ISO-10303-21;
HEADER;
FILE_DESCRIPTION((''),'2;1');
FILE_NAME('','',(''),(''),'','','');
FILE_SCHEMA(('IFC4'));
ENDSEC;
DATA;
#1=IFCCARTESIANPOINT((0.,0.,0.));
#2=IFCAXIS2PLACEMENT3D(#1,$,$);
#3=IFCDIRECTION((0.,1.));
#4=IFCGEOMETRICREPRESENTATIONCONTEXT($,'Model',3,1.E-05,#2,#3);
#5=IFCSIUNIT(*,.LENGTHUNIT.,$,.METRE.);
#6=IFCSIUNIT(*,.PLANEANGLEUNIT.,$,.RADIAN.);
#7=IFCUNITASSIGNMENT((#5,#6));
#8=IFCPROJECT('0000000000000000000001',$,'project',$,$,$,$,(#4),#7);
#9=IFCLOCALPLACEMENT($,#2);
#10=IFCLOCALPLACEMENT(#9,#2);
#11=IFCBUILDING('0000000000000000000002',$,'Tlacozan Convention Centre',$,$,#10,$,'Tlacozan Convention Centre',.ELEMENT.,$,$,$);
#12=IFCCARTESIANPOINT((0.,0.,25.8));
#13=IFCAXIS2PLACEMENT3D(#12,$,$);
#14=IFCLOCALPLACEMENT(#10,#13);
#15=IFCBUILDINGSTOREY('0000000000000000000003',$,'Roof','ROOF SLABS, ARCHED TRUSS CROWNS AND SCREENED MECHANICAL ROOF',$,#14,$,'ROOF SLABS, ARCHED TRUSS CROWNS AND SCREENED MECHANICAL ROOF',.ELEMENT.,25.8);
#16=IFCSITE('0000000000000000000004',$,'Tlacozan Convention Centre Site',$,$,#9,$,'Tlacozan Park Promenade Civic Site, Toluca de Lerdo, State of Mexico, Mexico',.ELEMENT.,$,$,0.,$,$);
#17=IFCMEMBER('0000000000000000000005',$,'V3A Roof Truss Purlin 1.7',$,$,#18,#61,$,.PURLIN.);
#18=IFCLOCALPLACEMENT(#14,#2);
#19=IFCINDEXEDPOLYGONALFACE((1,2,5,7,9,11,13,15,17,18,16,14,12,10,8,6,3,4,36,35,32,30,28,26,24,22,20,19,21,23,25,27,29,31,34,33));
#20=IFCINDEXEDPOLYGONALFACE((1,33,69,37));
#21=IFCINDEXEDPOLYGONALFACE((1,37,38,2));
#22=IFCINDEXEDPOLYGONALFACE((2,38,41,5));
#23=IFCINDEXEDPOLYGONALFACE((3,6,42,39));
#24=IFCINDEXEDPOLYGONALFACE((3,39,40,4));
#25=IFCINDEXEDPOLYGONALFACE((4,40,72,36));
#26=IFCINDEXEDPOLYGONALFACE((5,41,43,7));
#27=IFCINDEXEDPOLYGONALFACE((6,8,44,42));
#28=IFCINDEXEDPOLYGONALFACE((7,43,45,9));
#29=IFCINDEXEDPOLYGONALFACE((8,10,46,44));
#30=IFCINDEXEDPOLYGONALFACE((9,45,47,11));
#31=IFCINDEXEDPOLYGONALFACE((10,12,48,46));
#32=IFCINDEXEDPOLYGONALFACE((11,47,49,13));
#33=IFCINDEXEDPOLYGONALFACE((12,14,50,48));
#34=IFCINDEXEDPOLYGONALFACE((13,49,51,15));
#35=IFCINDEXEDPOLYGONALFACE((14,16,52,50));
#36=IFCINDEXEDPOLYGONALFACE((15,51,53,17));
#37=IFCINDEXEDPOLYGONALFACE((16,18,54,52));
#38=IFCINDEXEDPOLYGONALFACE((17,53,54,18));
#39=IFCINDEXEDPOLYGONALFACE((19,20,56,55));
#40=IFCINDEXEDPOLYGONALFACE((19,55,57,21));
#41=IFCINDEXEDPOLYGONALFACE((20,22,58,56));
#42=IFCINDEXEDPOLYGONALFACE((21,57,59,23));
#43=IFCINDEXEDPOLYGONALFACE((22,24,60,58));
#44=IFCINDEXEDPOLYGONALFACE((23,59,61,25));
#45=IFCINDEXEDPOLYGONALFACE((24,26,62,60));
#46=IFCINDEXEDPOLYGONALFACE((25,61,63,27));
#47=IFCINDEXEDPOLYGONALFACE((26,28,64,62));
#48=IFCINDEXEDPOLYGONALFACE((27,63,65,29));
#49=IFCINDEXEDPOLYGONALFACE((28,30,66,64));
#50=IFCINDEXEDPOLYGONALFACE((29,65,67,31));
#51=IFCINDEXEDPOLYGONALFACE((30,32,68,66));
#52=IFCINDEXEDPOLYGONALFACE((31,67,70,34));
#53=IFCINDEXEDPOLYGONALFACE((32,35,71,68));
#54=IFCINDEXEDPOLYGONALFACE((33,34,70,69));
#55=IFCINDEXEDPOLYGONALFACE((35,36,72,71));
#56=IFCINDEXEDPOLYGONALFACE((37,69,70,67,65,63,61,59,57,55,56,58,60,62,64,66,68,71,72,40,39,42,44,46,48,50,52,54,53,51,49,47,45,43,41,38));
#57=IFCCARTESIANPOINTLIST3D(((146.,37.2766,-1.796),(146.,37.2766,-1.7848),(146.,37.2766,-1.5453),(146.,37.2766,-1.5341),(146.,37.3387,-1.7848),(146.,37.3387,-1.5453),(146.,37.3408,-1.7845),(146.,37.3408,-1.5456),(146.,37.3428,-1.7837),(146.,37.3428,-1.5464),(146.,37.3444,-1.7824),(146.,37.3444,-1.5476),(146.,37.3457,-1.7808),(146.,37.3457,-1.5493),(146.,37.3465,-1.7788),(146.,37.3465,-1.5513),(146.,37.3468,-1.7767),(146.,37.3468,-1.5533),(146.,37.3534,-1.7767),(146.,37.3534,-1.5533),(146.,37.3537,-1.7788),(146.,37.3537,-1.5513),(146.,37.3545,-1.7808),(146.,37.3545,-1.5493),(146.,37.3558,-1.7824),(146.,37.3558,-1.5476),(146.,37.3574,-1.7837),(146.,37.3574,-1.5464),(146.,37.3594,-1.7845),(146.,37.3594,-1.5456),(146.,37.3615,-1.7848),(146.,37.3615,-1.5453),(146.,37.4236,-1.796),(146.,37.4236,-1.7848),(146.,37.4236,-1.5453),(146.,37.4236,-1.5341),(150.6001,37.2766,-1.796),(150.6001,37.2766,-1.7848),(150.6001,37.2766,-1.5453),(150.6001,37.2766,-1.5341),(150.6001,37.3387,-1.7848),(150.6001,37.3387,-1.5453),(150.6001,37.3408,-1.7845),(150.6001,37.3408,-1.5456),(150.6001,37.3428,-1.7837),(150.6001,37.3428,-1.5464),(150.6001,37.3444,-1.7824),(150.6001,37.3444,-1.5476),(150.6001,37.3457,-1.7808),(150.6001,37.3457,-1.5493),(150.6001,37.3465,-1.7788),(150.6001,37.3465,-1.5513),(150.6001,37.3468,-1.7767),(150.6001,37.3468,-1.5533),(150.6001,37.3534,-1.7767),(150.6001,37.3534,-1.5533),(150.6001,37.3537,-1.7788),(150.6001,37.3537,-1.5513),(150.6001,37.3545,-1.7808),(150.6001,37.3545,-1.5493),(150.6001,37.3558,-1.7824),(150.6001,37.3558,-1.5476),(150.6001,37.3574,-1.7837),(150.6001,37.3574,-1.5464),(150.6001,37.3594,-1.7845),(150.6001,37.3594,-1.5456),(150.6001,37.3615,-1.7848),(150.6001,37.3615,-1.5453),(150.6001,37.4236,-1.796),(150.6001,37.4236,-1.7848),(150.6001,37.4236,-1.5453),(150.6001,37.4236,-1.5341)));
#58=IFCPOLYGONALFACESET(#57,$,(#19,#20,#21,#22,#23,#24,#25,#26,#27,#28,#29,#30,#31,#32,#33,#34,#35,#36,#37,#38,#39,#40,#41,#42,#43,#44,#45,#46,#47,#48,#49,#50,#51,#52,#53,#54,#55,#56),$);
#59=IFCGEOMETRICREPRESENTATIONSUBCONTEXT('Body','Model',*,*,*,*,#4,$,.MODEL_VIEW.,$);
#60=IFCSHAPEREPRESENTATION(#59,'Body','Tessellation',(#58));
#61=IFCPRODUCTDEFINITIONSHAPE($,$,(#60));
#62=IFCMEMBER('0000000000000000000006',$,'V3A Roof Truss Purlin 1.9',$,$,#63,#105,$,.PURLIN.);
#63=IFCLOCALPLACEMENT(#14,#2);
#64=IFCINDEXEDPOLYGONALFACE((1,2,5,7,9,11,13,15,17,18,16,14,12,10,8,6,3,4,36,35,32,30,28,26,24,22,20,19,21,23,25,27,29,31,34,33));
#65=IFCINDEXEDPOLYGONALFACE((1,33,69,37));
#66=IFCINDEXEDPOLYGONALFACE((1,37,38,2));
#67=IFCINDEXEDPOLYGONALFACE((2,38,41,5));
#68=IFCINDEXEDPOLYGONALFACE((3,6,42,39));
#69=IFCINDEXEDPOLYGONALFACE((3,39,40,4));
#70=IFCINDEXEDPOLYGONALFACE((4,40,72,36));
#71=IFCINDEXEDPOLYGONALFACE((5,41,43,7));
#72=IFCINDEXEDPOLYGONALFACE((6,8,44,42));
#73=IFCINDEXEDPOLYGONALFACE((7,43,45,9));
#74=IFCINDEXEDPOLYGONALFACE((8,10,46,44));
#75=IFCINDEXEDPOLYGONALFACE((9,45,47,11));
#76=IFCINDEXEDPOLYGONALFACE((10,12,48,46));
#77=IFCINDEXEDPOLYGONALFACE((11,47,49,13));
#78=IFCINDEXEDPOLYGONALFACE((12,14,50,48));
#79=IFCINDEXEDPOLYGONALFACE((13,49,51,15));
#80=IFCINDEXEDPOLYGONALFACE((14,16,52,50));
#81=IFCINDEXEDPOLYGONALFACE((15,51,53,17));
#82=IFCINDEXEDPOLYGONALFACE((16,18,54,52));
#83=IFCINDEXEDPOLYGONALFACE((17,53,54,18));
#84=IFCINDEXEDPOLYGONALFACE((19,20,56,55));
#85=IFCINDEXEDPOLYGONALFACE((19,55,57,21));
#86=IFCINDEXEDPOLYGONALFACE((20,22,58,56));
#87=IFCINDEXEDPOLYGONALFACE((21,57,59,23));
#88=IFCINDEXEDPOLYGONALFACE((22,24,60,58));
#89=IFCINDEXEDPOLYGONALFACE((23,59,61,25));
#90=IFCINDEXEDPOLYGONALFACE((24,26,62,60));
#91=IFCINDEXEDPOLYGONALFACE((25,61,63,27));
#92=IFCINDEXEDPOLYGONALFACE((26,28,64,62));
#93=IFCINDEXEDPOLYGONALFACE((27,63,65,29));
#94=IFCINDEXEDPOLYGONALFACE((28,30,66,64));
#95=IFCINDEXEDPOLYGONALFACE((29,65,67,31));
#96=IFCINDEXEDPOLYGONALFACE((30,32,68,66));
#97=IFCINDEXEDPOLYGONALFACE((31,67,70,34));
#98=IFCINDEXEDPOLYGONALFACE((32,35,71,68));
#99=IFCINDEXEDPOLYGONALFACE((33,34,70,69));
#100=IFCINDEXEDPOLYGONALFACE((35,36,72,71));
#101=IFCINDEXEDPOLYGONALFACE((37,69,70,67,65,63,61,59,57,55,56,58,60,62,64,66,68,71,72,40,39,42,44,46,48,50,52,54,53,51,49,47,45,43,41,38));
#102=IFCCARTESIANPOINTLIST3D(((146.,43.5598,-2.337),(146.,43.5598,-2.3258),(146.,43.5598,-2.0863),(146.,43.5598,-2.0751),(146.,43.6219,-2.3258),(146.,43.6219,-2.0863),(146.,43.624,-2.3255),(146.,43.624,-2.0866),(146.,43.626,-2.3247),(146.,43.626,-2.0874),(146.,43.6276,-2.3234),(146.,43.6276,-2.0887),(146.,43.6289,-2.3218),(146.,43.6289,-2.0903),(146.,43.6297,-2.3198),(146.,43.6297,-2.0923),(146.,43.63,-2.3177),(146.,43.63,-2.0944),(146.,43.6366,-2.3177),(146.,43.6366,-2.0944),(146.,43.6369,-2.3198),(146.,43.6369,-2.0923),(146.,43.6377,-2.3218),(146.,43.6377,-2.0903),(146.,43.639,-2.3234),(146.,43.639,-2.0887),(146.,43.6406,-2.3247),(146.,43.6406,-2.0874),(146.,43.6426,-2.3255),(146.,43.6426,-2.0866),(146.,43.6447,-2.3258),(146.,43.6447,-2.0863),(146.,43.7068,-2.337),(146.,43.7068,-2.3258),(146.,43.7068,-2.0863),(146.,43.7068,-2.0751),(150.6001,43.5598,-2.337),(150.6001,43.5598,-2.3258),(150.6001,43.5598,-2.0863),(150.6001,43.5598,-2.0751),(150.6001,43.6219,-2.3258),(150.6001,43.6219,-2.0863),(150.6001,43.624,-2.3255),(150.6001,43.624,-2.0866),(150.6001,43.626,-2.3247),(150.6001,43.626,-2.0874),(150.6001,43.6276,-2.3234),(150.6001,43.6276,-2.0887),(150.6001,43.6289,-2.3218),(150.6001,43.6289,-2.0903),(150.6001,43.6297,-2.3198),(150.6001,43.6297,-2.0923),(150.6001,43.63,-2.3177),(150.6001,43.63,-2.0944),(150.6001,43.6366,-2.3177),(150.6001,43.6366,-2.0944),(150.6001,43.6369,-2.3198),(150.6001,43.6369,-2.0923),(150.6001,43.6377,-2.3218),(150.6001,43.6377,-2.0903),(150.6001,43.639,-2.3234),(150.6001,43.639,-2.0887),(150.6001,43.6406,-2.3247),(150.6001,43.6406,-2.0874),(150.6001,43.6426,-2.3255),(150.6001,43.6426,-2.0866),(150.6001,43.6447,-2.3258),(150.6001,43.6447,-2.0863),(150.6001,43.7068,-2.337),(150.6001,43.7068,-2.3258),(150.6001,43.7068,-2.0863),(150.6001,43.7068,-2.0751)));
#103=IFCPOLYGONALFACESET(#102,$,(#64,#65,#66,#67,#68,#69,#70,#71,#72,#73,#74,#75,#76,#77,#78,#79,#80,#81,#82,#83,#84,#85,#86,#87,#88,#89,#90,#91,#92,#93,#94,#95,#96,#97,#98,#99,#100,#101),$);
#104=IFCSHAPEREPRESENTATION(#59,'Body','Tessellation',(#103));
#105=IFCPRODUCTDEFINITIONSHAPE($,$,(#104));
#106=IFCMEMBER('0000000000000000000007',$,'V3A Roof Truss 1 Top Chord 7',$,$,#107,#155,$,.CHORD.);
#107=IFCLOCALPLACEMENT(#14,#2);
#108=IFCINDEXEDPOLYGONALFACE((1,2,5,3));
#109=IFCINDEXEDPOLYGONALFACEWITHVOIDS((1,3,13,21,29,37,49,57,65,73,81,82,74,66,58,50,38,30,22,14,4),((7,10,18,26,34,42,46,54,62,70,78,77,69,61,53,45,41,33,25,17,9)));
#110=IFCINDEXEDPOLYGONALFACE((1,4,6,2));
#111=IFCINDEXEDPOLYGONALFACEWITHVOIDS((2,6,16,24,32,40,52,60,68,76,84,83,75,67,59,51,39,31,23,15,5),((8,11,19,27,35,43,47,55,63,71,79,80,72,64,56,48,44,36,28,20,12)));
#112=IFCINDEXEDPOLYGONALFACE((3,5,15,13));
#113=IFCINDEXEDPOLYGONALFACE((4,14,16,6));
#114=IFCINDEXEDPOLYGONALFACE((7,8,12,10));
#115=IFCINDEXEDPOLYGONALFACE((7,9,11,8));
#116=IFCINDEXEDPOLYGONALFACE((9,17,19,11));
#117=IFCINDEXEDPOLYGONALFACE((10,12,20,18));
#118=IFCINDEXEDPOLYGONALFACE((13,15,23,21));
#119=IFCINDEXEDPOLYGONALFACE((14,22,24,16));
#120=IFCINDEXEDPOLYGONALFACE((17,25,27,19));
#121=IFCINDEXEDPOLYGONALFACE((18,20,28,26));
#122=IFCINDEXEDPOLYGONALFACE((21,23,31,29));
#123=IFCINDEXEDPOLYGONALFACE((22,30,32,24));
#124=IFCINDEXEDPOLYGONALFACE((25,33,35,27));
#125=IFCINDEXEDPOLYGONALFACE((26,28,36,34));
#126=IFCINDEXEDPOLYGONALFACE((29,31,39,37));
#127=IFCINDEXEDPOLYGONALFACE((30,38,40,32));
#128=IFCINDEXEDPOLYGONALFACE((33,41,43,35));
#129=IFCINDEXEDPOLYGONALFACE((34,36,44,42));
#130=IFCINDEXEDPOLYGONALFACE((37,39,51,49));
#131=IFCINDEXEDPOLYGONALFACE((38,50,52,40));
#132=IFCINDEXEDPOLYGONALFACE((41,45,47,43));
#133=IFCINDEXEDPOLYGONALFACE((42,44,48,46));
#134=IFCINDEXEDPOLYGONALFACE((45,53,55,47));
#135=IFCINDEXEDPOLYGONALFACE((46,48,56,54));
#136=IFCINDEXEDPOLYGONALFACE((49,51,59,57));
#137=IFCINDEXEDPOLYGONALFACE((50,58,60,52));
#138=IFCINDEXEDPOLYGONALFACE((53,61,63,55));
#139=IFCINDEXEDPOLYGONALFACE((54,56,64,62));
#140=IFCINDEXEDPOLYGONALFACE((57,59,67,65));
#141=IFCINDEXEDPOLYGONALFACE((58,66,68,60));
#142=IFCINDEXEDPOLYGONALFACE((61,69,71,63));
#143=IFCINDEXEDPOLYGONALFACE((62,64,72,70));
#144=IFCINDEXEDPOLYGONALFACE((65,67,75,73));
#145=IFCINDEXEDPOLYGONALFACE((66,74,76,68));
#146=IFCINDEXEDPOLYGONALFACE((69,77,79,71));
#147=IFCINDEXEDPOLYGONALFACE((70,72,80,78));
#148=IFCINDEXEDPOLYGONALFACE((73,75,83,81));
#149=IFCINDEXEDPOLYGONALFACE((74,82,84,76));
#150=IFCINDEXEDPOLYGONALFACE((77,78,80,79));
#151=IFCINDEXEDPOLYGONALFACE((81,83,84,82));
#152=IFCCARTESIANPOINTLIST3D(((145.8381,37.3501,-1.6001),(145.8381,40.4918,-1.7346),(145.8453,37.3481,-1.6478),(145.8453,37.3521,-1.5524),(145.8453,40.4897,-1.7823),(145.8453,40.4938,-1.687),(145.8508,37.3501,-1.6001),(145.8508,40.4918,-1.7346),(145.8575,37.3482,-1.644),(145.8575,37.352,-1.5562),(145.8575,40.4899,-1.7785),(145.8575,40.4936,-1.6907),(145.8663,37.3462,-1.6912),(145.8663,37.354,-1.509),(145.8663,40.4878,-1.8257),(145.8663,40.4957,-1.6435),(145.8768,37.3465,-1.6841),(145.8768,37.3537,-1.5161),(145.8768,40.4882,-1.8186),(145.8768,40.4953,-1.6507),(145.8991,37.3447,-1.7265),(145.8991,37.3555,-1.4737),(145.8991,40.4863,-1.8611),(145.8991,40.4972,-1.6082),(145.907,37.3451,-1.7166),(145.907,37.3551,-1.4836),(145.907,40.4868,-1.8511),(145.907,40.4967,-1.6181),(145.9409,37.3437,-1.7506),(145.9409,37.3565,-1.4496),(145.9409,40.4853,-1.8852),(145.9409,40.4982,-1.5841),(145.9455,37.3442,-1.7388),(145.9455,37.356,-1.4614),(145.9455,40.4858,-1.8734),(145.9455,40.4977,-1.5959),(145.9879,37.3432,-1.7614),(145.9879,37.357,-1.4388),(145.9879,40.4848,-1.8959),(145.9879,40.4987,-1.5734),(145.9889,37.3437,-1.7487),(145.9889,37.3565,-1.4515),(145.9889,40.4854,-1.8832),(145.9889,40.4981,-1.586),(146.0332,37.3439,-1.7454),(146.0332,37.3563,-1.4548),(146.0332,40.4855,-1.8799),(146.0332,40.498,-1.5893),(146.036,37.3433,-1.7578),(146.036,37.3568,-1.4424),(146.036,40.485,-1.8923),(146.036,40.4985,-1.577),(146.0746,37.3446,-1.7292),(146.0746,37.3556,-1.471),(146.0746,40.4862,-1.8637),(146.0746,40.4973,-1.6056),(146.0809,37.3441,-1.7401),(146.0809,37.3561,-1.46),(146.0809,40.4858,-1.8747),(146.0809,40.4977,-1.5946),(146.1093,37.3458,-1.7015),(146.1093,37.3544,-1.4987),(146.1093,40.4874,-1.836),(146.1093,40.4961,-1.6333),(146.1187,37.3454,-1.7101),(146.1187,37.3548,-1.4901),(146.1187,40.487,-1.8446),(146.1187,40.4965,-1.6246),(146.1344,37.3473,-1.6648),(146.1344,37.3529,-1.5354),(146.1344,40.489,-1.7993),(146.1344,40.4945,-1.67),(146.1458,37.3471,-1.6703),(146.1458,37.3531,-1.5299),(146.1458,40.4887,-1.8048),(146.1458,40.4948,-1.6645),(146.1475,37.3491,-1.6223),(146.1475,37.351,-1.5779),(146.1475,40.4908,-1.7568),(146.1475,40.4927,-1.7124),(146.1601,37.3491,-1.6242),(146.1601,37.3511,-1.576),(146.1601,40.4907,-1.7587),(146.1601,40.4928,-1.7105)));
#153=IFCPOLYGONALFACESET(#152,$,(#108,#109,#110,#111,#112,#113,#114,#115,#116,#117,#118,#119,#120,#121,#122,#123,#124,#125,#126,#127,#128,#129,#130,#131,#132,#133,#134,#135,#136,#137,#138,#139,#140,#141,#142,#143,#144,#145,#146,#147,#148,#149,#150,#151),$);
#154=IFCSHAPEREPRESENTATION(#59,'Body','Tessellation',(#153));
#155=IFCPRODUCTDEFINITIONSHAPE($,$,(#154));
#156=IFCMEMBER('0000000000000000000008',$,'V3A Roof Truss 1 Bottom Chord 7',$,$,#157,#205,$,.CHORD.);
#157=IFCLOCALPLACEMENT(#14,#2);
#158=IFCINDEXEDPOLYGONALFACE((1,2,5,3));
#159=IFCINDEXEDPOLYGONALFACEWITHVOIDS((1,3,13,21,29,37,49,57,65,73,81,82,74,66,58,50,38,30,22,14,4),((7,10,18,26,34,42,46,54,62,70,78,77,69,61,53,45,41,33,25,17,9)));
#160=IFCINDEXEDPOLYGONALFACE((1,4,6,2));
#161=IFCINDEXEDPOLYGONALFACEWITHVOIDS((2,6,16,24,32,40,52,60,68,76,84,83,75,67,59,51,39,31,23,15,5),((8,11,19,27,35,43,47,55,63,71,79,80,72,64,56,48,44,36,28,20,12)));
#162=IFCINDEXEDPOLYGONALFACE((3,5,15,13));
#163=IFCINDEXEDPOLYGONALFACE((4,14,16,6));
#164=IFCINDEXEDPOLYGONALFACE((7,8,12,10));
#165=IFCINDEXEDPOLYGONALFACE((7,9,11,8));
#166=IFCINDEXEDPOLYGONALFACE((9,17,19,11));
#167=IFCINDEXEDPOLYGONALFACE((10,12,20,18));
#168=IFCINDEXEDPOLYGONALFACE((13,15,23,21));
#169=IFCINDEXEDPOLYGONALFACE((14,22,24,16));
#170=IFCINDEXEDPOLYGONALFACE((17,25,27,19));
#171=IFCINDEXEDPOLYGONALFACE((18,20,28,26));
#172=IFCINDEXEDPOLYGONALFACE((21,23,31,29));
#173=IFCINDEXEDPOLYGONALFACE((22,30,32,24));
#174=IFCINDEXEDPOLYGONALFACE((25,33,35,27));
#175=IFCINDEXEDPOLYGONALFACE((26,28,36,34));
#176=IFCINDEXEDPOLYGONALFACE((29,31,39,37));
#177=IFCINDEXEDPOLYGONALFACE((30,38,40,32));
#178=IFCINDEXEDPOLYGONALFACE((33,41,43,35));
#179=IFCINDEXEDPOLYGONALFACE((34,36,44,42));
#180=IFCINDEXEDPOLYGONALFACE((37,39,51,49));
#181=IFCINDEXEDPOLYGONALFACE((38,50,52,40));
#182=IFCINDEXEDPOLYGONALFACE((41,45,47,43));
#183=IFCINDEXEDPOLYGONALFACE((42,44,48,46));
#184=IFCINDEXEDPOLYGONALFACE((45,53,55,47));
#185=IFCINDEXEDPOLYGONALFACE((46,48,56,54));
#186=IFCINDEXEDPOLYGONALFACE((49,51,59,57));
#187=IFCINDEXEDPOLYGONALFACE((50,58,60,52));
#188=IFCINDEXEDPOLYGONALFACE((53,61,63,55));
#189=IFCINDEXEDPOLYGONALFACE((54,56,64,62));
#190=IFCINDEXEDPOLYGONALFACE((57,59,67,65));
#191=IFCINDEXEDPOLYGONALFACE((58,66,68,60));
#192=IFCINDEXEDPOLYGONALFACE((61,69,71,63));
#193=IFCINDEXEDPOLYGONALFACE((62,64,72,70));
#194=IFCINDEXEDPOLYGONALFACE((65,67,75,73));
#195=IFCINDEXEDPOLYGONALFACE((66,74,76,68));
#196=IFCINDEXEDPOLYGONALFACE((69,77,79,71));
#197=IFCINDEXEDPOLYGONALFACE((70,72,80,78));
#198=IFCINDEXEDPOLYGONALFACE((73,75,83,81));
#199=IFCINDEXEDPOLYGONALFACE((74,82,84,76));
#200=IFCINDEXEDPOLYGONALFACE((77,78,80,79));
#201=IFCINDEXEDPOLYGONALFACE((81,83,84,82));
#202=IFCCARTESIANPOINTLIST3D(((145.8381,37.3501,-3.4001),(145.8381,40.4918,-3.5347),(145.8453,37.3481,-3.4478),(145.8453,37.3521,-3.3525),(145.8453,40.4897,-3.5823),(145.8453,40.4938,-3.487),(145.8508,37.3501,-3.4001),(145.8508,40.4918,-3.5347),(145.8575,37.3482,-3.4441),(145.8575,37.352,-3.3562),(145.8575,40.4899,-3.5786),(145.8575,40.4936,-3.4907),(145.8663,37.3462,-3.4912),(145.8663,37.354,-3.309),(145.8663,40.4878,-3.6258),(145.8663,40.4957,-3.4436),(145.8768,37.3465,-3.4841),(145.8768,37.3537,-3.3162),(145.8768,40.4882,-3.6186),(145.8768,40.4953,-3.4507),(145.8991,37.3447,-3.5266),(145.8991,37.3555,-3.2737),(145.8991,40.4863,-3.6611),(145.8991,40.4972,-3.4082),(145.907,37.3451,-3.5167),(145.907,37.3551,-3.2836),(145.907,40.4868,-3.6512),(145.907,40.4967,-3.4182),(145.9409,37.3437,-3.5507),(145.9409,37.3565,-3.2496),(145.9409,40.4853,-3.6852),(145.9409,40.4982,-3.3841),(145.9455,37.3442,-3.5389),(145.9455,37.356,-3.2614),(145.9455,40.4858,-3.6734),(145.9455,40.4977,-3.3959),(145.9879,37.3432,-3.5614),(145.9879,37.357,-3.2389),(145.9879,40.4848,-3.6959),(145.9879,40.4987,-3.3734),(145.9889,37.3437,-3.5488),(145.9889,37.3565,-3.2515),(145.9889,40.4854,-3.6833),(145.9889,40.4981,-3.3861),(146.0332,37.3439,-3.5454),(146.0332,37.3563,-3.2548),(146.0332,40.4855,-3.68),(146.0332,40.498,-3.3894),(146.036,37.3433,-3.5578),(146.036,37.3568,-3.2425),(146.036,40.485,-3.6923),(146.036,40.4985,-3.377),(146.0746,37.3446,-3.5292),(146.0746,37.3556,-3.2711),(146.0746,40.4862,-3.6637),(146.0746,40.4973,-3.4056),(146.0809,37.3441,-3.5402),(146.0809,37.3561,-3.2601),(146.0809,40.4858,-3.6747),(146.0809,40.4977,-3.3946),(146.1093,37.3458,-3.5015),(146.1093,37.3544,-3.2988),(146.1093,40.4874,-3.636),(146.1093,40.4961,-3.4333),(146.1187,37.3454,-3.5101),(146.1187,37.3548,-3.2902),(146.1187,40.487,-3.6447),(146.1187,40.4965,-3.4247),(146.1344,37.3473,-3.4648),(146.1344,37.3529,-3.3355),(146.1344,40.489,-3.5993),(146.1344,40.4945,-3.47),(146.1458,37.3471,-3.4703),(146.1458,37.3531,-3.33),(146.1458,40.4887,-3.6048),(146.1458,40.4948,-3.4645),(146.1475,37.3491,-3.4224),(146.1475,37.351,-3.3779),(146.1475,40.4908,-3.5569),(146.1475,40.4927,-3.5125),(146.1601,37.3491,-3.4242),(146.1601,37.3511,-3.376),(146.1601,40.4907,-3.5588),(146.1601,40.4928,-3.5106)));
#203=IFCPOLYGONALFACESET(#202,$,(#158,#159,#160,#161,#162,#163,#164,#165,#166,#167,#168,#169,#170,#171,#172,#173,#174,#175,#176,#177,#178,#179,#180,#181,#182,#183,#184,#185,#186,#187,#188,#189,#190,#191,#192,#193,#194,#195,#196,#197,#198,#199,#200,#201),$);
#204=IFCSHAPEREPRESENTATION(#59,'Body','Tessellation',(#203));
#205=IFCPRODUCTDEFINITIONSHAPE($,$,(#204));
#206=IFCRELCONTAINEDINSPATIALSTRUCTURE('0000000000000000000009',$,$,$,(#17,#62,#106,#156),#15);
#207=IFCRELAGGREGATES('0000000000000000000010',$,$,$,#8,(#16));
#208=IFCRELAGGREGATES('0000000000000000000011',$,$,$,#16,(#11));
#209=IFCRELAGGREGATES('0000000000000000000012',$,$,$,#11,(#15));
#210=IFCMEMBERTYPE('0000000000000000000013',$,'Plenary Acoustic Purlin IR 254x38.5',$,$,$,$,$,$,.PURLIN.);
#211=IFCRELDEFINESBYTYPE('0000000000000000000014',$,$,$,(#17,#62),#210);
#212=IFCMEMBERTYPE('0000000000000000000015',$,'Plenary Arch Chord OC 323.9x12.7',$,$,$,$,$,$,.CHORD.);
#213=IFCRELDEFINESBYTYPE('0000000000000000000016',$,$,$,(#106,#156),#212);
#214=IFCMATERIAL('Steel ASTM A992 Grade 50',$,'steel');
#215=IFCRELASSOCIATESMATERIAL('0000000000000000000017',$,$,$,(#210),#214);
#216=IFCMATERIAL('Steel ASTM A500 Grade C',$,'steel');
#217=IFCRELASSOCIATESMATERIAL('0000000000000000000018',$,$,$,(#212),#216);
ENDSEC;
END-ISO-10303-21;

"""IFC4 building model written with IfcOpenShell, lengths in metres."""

from ifc_helpers import new_model, si_unit, direction, frame, origin, origin_2d, place, context, subcontext, project, spatial, hollow_circle, i_section, extrude, material, material_profile, profile_set, type_object, element, save


model = new_model("IFC4")

# Units and contexts
model_context = context("Model", 3, precision=1e-05, world=origin(), true_north=direction((0.0, 1.0)))
body_context = subcontext(model_context, "Body", "Model", "MODEL_VIEW")
ifc_project = project(units=[si_unit("LENGTHUNIT", "METRE"), si_unit("PLANEANGLEUNIT", "RADIAN")], contexts=[model_context])

# Site, building, storey
site_placement = place(None, origin())
site = spatial("IfcSite", under=ifc_project, at=site_placement, Name="Tlacozan Convention Centre Site", LongName="Tlacozan Park Promenade Civic Site, Toluca de Lerdo, State of Mexico, Mexico", CompositionType="ELEMENT", RefElevation=0.0)
building_placement = place(site_placement, origin())
building = spatial("IfcBuilding", under=site, at=building_placement, Name="Tlacozan Convention Centre", LongName="Tlacozan Convention Centre", CompositionType="ELEMENT")
storey_placement = place(building_placement, frame((0.0, 0.0, 25.8)))
storey = spatial("IfcBuildingStorey", under=building, at=storey_placement, Name="Roof", Description="ROOF SLABS, ARCHED TRUSS CROWNS AND SCREENED MECHANICAL ROOF", LongName="ROOF SLABS, ARCHED TRUSS CROWNS AND SCREENED MECHANICAL ROOF", CompositionType="ELEMENT", Elevation=25.8)

# Members
ifc_material_1 = material(Name="Steel ASTM A992 Grade 50", Category="steel")
ifc_material_profile_1 = material_profile(ifc_material_1, i_section(OverallWidth=0.147, OverallDepth=0.262, WebThickness=0.0066, FlangeThickness=0.0112, FilletRadius=0.0081, at=origin_2d()), Name="IR 254x38.5")
ifc_profile_set_1 = profile_set([ifc_material_profile_1], Name="Steel ASTM A992 Grade 50")
member_type_1 = type_object("IfcMemberType", Name="Plenary Acoustic Purlin IR 254x38.5", PredefinedType="PURLIN", material=ifc_profile_set_1)
for number, where, z_axis, x_axis, name in (
    (1, (146.0, 37.3501, -1.665), (1.0, 0.0, 0.0), (0.0, 1.0, 0.0), "V3A Roof Truss Purlin 1.7"),
    (2, (146.0, 43.6333, -2.2061), (1.0, 0.0, 0.0), (0.0, 1.0, 0.0), "V3A Roof Truss Purlin 1.9"),
):
    element("IfcMember", number, at=place(storey_placement, frame(where, z_axis=z_axis, x_axis=x_axis)), inside=storey, type_object=member_type_1, Name=name, PredefinedType="PURLIN", context=body_context, shape_type="SweptSolid", body=[
        extrude(i_section(OverallWidth=0.147, OverallDepth=0.262, WebThickness=0.0066, FlangeThickness=0.0112, FilletRadius=0.0081, at=origin_2d()), origin(), (0.0, 0.0, 1.0), 4.6001),
    ])
ifc_material_2 = material(Name="Steel ASTM A500 Grade C", Category="steel")
ifc_material_profile_2 = material_profile(ifc_material_2, hollow_circle(Radius=0.1619, WallThickness=0.0127, at=origin_2d()), Name="OC 323.9x12.7")
ifc_profile_set_2 = profile_set([ifc_material_profile_2], Name="Steel ASTM A500 Grade C")
member_type_2 = type_object("IfcMemberType", Name="Plenary Arch Chord OC 323.9x12.7", PredefinedType="CHORD", material=ifc_profile_set_2)
for number, where, z_axis, x_axis, name in (
    (3, (146.0, 37.3501, -1.6001), (0.0, 0.999085, -0.04278), (-1.0, 0.0, 0.0), "V3A Roof Truss 1 Top Chord 7"),
    (4, (146.0, 37.3501, -3.4001), (0.0, 0.999085, -0.04278), (-1.0, 0.0, 0.0), "V3A Roof Truss 1 Bottom Chord 7"),
):
    element("IfcMember", number, at=place(storey_placement, frame(where, z_axis=z_axis, x_axis=x_axis)), inside=storey, type_object=member_type_2, Name=name, PredefinedType="CHORD", context=body_context, shape_type="SweptSolid", body=[
        extrude(hollow_circle(Radius=0.1619, WallThickness=0.0127, at=origin_2d()), origin(), (0.0, 0.0, 1.0), 3.1445),
    ])

save(model, "model.ifc")
